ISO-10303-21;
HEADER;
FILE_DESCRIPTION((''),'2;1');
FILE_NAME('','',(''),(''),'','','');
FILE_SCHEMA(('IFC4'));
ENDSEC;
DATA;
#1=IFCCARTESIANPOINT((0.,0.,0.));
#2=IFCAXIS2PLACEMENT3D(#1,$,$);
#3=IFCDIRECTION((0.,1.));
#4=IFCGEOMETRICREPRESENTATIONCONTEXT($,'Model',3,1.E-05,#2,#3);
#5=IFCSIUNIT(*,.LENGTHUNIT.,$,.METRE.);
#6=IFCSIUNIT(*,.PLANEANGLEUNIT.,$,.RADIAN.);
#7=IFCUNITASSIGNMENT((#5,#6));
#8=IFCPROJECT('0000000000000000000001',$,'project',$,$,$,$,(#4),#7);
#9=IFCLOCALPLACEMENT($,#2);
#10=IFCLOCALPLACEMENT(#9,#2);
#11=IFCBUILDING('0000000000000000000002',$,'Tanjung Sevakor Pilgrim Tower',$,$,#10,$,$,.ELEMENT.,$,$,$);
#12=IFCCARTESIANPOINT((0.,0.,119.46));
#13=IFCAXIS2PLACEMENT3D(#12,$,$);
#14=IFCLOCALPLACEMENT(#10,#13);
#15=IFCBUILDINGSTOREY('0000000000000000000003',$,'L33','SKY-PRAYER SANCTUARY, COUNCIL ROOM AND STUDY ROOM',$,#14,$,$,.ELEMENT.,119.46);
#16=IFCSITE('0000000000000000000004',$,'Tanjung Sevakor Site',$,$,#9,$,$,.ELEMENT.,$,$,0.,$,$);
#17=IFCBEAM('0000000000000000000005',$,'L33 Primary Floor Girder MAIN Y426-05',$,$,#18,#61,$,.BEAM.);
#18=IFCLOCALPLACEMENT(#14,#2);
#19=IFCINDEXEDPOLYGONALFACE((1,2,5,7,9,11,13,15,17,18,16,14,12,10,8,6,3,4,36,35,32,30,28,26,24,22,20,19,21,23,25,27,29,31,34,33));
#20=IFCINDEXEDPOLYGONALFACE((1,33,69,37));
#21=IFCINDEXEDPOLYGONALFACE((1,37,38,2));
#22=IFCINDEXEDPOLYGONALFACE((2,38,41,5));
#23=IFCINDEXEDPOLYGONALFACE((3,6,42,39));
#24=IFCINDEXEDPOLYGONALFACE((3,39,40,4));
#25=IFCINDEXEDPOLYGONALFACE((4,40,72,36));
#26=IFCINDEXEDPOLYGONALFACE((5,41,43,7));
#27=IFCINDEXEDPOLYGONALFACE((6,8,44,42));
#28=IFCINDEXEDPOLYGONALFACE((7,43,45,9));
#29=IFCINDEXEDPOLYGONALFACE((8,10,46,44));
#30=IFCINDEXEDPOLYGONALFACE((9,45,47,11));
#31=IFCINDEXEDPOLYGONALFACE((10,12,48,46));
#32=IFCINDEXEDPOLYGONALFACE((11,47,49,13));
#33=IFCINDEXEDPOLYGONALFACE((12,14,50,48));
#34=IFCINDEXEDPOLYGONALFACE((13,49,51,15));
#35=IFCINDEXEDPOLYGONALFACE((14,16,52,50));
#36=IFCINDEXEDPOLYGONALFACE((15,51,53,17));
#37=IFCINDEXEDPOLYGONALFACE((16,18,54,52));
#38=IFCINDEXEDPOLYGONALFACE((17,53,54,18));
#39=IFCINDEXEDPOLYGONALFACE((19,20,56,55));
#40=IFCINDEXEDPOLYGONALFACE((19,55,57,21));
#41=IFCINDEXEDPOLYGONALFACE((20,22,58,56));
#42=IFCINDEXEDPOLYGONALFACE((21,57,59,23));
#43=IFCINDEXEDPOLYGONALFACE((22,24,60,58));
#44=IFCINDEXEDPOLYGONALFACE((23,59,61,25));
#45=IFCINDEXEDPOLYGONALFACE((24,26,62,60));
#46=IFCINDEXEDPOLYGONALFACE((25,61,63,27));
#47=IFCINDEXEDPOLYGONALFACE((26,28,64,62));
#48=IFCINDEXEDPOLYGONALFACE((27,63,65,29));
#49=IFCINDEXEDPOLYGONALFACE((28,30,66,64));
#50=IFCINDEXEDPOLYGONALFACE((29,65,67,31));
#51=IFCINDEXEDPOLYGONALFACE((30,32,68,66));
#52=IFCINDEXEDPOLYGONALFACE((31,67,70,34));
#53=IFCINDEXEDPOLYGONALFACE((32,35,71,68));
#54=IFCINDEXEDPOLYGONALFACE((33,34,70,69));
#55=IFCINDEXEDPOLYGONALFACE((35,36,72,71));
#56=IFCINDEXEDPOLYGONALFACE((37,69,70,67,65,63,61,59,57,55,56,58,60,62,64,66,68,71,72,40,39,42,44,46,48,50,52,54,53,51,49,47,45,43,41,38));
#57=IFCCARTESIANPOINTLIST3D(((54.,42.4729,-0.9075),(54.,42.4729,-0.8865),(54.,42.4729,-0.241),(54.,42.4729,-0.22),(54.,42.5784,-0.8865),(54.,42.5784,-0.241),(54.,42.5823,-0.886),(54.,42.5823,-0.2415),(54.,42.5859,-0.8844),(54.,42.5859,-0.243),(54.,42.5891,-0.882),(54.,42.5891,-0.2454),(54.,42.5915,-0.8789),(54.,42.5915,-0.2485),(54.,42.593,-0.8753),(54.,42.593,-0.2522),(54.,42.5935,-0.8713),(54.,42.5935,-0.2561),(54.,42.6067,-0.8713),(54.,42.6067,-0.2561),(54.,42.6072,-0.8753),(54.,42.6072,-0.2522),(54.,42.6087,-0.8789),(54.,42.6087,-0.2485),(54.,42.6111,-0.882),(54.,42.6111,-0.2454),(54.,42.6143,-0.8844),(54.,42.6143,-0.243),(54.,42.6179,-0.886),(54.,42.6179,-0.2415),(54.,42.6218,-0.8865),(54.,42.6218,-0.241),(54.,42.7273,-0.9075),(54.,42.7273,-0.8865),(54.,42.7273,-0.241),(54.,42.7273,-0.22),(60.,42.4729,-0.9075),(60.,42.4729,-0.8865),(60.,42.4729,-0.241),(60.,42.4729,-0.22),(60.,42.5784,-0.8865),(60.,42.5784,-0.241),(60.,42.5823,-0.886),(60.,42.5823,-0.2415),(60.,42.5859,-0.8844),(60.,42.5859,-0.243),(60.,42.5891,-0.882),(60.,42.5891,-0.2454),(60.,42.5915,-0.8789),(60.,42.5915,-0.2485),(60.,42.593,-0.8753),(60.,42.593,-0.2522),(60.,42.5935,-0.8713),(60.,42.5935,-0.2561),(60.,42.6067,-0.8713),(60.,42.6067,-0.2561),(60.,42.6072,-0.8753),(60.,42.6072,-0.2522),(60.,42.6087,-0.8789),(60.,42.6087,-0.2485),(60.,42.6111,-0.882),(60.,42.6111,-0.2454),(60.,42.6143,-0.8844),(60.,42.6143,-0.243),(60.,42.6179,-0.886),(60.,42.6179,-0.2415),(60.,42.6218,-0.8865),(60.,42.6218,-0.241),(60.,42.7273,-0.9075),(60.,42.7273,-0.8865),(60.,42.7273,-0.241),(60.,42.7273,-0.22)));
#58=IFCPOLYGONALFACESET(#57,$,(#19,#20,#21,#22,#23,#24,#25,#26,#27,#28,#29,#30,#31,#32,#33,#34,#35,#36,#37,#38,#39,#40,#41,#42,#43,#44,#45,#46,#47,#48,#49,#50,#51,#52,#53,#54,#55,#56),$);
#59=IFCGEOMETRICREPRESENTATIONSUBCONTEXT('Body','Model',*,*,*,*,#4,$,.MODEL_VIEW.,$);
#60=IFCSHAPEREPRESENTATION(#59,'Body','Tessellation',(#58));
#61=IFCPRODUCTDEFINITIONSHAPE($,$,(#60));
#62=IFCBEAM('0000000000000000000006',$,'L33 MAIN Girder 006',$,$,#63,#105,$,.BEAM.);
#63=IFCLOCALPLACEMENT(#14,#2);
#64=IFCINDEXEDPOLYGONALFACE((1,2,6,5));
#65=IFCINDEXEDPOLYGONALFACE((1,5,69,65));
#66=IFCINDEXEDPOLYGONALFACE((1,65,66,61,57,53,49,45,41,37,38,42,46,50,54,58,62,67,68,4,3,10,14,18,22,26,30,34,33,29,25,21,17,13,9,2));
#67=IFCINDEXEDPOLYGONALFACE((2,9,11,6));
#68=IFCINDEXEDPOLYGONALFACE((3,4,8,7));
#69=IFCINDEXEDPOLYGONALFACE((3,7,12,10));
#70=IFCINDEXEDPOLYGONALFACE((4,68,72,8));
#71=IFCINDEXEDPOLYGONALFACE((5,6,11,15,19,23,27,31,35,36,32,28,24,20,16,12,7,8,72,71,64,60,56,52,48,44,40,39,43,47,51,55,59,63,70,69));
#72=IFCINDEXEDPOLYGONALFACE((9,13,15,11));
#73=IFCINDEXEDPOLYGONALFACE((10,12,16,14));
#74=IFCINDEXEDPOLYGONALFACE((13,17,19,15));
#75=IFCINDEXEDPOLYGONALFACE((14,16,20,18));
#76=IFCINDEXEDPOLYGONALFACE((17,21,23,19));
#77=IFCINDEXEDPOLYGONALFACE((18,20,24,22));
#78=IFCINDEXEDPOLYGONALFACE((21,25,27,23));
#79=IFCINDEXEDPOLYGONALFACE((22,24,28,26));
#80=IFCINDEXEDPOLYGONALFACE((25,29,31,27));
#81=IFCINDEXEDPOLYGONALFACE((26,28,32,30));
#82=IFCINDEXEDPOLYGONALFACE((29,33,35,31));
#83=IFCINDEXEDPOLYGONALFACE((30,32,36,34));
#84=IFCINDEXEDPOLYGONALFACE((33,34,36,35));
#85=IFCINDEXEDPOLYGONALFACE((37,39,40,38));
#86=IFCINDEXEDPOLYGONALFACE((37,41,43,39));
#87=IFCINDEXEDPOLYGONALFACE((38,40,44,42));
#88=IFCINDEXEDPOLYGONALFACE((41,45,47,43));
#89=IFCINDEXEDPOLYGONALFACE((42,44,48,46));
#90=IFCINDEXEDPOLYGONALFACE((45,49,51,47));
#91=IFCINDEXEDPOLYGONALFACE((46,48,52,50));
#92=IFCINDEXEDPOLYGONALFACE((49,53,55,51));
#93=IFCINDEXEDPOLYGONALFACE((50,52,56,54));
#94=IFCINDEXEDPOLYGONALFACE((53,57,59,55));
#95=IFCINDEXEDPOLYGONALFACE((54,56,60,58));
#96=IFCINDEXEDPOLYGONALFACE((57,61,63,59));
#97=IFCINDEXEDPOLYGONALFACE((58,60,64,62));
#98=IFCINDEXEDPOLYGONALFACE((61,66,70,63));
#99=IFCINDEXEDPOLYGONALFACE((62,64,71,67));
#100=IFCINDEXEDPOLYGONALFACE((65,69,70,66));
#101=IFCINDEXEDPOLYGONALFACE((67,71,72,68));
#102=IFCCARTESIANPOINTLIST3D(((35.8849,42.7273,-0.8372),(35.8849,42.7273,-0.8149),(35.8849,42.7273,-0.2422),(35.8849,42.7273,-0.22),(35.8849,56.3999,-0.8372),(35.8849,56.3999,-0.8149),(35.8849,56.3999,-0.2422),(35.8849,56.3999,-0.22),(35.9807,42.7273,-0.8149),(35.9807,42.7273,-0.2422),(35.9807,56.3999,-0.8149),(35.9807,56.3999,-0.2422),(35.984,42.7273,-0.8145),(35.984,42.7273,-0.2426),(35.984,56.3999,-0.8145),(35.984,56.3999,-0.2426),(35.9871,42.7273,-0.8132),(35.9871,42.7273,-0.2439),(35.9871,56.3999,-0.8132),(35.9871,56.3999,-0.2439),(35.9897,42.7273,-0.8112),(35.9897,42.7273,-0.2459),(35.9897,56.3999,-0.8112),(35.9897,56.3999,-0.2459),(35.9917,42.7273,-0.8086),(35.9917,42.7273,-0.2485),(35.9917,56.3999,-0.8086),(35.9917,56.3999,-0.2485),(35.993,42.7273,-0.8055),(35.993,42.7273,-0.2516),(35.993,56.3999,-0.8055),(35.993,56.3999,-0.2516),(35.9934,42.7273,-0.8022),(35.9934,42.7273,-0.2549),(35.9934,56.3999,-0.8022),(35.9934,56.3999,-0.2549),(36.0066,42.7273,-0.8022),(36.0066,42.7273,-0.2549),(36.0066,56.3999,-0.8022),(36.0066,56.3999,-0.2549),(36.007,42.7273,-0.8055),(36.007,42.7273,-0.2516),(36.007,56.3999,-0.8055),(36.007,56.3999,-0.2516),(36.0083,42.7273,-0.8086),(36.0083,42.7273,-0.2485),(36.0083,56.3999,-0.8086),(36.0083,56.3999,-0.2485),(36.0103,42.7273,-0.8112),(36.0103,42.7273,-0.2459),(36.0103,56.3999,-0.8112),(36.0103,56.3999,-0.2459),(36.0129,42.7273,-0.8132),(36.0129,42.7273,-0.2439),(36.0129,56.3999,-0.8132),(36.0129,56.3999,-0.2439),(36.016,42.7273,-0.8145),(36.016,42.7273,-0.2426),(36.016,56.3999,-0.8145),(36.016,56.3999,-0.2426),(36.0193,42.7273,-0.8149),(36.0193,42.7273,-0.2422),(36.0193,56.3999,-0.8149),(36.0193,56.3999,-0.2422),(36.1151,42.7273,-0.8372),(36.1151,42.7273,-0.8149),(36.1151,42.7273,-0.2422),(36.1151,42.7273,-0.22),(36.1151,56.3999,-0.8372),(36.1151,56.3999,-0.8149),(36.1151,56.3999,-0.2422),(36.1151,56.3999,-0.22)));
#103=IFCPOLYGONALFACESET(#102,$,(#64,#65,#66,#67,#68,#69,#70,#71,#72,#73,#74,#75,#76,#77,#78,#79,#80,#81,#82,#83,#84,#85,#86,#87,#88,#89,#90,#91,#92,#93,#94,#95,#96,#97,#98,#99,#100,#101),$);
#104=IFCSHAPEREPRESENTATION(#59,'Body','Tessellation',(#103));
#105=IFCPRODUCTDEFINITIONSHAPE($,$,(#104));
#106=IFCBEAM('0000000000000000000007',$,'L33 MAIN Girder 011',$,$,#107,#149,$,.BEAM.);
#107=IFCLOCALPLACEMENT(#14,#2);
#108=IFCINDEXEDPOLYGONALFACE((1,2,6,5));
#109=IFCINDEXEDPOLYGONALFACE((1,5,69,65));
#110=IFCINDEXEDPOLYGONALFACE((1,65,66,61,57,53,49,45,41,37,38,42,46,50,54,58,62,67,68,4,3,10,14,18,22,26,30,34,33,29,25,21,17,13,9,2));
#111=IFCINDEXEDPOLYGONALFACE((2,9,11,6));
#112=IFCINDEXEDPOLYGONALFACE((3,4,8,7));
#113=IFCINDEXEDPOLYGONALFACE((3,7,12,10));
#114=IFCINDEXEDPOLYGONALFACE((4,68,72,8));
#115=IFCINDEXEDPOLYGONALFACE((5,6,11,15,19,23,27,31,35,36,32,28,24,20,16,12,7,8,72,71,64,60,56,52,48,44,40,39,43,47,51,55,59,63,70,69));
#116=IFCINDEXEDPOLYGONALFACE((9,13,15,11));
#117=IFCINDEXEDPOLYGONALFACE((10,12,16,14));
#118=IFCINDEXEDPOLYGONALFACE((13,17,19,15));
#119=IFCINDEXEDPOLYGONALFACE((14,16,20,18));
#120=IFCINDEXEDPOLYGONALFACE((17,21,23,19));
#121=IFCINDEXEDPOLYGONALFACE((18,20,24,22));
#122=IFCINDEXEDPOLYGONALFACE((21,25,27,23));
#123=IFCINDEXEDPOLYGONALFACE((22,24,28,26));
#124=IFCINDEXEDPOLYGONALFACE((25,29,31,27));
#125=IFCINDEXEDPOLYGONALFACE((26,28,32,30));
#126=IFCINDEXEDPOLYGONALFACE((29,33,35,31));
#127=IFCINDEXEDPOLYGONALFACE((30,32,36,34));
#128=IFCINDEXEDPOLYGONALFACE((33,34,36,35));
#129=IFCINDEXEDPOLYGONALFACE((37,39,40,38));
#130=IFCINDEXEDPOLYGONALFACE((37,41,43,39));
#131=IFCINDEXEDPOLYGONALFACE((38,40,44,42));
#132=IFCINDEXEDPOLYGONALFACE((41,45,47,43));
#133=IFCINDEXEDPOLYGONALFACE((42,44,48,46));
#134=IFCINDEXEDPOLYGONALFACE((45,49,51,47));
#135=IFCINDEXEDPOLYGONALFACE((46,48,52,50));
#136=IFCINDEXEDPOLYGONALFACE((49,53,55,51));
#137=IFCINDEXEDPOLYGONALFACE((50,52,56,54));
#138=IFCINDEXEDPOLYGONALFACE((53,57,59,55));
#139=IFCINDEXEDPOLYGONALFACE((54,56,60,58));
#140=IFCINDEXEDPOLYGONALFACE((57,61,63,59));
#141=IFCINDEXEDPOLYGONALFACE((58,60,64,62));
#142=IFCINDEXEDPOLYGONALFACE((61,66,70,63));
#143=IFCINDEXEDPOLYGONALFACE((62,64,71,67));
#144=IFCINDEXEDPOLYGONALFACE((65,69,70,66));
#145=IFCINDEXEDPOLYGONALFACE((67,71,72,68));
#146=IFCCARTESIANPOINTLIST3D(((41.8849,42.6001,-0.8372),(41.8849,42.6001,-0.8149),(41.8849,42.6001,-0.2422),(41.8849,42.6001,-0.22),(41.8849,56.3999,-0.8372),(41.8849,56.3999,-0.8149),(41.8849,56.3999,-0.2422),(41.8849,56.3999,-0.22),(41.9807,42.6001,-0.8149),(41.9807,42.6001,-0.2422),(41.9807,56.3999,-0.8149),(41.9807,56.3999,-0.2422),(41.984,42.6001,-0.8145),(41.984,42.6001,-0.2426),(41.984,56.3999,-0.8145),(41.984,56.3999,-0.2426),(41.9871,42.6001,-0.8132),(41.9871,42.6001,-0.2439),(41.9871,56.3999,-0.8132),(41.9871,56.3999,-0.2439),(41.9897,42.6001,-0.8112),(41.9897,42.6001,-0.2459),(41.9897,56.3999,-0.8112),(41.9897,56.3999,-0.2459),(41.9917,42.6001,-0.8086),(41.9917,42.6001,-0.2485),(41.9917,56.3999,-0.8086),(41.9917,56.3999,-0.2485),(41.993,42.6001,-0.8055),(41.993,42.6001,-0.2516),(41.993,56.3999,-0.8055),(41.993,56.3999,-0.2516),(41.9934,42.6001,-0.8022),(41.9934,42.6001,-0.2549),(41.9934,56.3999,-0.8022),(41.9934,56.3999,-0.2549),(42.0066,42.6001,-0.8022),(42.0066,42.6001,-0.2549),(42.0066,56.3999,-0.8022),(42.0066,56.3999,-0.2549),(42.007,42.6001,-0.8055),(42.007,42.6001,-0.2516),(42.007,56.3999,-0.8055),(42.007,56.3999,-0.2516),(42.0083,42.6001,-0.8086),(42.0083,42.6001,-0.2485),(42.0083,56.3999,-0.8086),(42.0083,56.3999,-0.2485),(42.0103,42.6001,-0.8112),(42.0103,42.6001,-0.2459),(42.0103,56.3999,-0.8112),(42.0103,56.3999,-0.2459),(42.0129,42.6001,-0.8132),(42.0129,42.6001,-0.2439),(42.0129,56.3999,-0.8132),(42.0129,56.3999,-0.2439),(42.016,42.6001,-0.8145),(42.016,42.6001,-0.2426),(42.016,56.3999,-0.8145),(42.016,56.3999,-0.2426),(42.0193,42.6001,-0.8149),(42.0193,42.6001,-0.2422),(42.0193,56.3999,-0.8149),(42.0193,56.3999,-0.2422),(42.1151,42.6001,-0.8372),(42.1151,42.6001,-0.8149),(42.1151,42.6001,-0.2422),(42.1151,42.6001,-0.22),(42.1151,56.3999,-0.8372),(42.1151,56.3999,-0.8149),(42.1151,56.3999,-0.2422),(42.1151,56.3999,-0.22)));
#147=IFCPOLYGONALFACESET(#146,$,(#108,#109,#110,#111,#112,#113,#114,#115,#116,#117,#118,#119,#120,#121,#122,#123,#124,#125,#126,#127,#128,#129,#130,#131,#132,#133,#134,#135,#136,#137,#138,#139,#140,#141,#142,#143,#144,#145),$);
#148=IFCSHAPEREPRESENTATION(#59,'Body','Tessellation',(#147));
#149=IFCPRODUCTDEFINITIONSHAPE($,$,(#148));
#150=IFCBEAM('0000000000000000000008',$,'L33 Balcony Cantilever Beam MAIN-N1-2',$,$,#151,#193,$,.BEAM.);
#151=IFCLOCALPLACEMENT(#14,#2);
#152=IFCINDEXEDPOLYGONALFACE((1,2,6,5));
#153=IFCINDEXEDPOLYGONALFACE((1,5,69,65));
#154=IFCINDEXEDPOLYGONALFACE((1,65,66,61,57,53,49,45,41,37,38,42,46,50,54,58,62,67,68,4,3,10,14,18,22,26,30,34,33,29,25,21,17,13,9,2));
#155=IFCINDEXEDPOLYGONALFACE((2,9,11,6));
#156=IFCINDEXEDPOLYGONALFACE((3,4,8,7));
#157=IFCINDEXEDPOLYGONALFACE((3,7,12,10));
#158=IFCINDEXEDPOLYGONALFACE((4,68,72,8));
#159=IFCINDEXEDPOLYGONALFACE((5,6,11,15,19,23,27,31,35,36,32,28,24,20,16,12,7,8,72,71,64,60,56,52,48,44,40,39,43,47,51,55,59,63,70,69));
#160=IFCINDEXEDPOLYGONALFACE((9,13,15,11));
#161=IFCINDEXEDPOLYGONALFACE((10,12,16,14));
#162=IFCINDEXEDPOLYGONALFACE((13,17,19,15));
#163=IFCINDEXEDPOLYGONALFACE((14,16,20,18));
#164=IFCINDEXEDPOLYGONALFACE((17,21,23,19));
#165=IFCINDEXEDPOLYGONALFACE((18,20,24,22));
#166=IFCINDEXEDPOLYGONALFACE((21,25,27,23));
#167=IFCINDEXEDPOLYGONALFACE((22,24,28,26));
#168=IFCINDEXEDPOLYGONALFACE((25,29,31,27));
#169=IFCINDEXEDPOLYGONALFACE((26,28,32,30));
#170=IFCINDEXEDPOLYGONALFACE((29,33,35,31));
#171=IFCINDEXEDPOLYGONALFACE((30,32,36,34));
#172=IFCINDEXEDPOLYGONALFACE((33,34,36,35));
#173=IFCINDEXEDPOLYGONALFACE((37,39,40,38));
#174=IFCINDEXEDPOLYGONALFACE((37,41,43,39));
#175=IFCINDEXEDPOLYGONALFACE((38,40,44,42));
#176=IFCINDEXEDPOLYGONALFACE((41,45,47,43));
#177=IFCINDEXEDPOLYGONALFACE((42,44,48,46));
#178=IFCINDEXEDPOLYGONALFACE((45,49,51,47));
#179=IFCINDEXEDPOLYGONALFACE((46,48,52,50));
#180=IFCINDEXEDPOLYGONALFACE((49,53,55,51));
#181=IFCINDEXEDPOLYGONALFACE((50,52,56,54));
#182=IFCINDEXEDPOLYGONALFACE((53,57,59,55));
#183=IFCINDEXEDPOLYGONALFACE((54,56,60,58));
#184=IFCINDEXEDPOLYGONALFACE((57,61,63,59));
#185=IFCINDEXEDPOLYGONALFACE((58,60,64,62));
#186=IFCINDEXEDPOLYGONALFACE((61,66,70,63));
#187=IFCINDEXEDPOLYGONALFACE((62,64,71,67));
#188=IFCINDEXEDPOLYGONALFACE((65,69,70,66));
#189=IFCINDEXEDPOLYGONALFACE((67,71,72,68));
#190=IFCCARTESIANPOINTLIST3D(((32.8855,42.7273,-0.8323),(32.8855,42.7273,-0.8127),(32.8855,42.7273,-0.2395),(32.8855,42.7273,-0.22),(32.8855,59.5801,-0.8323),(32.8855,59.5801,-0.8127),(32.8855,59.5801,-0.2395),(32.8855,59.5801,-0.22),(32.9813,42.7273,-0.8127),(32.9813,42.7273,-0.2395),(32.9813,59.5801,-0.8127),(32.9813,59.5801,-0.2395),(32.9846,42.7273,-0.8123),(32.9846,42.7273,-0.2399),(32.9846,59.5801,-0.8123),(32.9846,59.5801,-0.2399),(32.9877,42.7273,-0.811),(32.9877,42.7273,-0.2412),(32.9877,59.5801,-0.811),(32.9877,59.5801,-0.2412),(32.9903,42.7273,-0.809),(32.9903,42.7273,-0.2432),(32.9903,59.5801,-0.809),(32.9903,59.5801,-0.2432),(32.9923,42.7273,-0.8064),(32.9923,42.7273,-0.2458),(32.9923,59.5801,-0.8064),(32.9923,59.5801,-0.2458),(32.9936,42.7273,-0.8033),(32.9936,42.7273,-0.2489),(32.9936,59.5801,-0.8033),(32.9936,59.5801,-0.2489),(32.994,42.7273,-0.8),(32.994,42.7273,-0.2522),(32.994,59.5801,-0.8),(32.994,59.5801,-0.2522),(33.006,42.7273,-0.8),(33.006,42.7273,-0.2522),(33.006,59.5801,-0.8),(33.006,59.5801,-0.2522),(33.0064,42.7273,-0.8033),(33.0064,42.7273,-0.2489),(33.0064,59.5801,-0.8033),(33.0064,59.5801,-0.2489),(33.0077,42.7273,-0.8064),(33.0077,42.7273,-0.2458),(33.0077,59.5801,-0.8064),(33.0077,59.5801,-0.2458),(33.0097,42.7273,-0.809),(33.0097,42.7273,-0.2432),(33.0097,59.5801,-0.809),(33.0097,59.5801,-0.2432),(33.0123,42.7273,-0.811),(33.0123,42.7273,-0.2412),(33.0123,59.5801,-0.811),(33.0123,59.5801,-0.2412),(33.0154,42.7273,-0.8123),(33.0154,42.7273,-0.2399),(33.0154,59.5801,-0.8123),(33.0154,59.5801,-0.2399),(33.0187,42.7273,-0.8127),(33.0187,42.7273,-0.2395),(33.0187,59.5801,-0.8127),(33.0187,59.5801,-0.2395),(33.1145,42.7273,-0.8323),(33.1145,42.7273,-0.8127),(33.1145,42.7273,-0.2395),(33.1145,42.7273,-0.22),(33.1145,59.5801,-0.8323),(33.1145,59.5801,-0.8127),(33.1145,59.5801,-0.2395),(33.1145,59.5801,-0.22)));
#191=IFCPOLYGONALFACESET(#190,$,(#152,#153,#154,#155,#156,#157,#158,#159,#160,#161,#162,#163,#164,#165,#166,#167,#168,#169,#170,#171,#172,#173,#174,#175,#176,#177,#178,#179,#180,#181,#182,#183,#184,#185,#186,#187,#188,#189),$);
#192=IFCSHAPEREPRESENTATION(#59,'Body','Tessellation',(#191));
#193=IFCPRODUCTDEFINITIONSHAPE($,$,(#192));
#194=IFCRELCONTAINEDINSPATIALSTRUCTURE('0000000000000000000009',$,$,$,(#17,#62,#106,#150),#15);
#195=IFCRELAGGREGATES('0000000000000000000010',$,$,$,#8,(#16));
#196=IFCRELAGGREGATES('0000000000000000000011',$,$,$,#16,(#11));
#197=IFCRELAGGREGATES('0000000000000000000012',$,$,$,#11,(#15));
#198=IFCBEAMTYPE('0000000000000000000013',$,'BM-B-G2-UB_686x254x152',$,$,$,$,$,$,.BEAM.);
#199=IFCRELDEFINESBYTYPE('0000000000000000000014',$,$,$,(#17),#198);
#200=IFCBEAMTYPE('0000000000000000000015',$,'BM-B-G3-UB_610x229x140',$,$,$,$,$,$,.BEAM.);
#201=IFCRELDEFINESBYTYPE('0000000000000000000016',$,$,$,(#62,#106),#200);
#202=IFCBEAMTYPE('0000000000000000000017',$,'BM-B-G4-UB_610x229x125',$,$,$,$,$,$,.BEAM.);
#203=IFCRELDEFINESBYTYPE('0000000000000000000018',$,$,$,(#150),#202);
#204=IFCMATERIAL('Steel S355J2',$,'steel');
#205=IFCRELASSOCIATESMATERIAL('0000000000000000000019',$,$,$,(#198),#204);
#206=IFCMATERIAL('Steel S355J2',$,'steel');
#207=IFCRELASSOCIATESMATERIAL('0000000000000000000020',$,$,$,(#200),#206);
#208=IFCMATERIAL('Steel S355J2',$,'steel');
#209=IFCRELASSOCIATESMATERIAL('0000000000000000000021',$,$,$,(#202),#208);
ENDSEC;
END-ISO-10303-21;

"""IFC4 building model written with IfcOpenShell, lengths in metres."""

from ifc_helpers import new_model, si_unit, direction, frame, origin, origin_2d, place, context, subcontext, project, spatial, i_section, extrude, material, material_profile, profile_set, type_object, element, save


model = new_model("IFC4")

# Units and contexts
model_context = context("Model", 3, precision=1e-05, world=origin(), true_north=direction((0.0, 1.0)))
body_context = subcontext(model_context, "Body", "Model", "MODEL_VIEW")
ifc_project = project(units=[si_unit("LENGTHUNIT", "METRE"), si_unit("PLANEANGLEUNIT", "RADIAN")], contexts=[model_context])

# Site, building, storey
site_placement = place(None, origin())
site = spatial("IfcSite", under=ifc_project, at=site_placement, Name="Tanjung Sevakor Site", CompositionType="ELEMENT", RefElevation=0.0)
building_placement = place(site_placement, origin())
building = spatial("IfcBuilding", under=site, at=building_placement, Name="Tanjung Sevakor Pilgrim Tower", CompositionType="ELEMENT")
storey_placement = place(building_placement, frame((0.0, 0.0, 119.46)))
storey = spatial("IfcBuildingStorey", under=building, at=storey_placement, Name="L33", Description="SKY-PRAYER SANCTUARY, COUNCIL ROOM AND STUDY ROOM", CompositionType="ELEMENT", Elevation=119.46)

# Beams
ifc_material_1 = material(Name="Steel S355J2", Category="steel")
ifc_material_profile_1 = material_profile(ifc_material_1, i_section(OverallWidth=0.2544, OverallDepth=0.6875, WebThickness=0.0132, FlangeThickness=0.021, FilletRadius=0.0151, at=origin_2d()))
ifc_profile_set_1 = profile_set([ifc_material_profile_1], Name="Steel S355J2")
beam_type_1 = type_object("IfcBeamType", Name="BM-B-G2-UB_686x254x152", PredefinedType="BEAM", material=ifc_profile_set_1)
for number, where, z_axis, x_axis, name in (
    (1, (54.0, 42.6001, -0.5637), (1.0, 0.0, 0.0), (0.0, 1.0, 0.0), "L33 Primary Floor Girder MAIN Y426-05"),
):
    element("IfcBeam", number, at=place(storey_placement, frame(where, z_axis=z_axis, x_axis=x_axis)), inside=storey, type_object=beam_type_1, Name=name, PredefinedType="BEAM", context=body_context, shape_type="SweptSolid", body=[
        extrude(i_section(OverallWidth=0.2544, OverallDepth=0.6875, WebThickness=0.0132, FlangeThickness=0.021, FilletRadius=0.0151, at=origin_2d()), origin(), (0.0, 0.0, 1.0), 6.0),
    ])
ifc_material_2 = material(Name="Steel S355J2", Category="steel")
ifc_material_profile_2 = material_profile(ifc_material_2, i_section(OverallWidth=0.2302, OverallDepth=0.6172, WebThickness=0.0132, FlangeThickness=0.0222, FilletRadius=0.0127, at=origin_2d()))
ifc_profile_set_2 = profile_set([ifc_material_profile_2], Name="Steel S355J2")
beam_type_2 = type_object("IfcBeamType", Name="BM-B-G3-UB_610x229x140", PredefinedType="BEAM", material=ifc_profile_set_2)
beam_1_placement = place(storey_placement, frame((36.0, 42.7273, -0.5286), z_axis=(0.0, 1.0, 0.0), x_axis=(-1.0, 0.0, 0.0)))
element("IfcBeam", 2, at=beam_1_placement, inside=storey, type_object=beam_type_2, Name="L33 MAIN Girder 006", PredefinedType="BEAM", context=body_context, shape_type="SweptSolid", body=[
    extrude(i_section(OverallWidth=0.2302, OverallDepth=0.6172, WebThickness=0.0132, FlangeThickness=0.0222, FilletRadius=0.0127, at=origin_2d()), origin(), (0.0, 0.0, 1.0), 13.6726),
])
beam_2_placement = place(storey_placement, frame((42.0, 42.6001, -0.5286), z_axis=(0.0, 1.0, 0.0), x_axis=(-1.0, 0.0, 0.0)))
element("IfcBeam", 3, at=beam_2_placement, inside=storey, type_object=beam_type_2, Name="L33 MAIN Girder 011", PredefinedType="BEAM", context=body_context, shape_type="SweptSolid", body=[
    extrude(i_section(OverallWidth=0.2302, OverallDepth=0.6172, WebThickness=0.0132, FlangeThickness=0.0222, FilletRadius=0.0127, at=origin_2d()), origin(), (0.0, 0.0, 1.0), 13.7998),
])
ifc_material_3 = material(Name="Steel S355J2", Category="steel")
ifc_material_profile_3 = material_profile(ifc_material_3, i_section(OverallWidth=0.229, OverallDepth=0.6123, WebThickness=0.012, FlangeThickness=0.0195, FilletRadius=0.0127, at=origin_2d()))
ifc_profile_set_3 = profile_set([ifc_material_profile_3], Name="Steel S355J2")
beam_type_3 = type_object("IfcBeamType", Name="BM-B-G4-UB_610x229x125", PredefinedType="BEAM", material=ifc_profile_set_3)
beam_3_placement = place(storey_placement, frame((33.0, 42.7273, -0.5261), z_axis=(0.0, 1.0, 0.0), x_axis=(-1.0, 0.0, 0.0)))
element("IfcBeam", 4, at=beam_3_placement, inside=storey, type_object=beam_type_3, Name="L33 Balcony Cantilever Beam MAIN-N1-2", PredefinedType="BEAM", context=body_context, shape_type="SweptSolid", body=[
    extrude(i_section(OverallWidth=0.229, OverallDepth=0.6123, WebThickness=0.012, FlangeThickness=0.0195, FilletRadius=0.0127, at=origin_2d()), origin(), (0.0, 0.0, 1.0), 16.8528),
])

save(model, "model.ifc")
